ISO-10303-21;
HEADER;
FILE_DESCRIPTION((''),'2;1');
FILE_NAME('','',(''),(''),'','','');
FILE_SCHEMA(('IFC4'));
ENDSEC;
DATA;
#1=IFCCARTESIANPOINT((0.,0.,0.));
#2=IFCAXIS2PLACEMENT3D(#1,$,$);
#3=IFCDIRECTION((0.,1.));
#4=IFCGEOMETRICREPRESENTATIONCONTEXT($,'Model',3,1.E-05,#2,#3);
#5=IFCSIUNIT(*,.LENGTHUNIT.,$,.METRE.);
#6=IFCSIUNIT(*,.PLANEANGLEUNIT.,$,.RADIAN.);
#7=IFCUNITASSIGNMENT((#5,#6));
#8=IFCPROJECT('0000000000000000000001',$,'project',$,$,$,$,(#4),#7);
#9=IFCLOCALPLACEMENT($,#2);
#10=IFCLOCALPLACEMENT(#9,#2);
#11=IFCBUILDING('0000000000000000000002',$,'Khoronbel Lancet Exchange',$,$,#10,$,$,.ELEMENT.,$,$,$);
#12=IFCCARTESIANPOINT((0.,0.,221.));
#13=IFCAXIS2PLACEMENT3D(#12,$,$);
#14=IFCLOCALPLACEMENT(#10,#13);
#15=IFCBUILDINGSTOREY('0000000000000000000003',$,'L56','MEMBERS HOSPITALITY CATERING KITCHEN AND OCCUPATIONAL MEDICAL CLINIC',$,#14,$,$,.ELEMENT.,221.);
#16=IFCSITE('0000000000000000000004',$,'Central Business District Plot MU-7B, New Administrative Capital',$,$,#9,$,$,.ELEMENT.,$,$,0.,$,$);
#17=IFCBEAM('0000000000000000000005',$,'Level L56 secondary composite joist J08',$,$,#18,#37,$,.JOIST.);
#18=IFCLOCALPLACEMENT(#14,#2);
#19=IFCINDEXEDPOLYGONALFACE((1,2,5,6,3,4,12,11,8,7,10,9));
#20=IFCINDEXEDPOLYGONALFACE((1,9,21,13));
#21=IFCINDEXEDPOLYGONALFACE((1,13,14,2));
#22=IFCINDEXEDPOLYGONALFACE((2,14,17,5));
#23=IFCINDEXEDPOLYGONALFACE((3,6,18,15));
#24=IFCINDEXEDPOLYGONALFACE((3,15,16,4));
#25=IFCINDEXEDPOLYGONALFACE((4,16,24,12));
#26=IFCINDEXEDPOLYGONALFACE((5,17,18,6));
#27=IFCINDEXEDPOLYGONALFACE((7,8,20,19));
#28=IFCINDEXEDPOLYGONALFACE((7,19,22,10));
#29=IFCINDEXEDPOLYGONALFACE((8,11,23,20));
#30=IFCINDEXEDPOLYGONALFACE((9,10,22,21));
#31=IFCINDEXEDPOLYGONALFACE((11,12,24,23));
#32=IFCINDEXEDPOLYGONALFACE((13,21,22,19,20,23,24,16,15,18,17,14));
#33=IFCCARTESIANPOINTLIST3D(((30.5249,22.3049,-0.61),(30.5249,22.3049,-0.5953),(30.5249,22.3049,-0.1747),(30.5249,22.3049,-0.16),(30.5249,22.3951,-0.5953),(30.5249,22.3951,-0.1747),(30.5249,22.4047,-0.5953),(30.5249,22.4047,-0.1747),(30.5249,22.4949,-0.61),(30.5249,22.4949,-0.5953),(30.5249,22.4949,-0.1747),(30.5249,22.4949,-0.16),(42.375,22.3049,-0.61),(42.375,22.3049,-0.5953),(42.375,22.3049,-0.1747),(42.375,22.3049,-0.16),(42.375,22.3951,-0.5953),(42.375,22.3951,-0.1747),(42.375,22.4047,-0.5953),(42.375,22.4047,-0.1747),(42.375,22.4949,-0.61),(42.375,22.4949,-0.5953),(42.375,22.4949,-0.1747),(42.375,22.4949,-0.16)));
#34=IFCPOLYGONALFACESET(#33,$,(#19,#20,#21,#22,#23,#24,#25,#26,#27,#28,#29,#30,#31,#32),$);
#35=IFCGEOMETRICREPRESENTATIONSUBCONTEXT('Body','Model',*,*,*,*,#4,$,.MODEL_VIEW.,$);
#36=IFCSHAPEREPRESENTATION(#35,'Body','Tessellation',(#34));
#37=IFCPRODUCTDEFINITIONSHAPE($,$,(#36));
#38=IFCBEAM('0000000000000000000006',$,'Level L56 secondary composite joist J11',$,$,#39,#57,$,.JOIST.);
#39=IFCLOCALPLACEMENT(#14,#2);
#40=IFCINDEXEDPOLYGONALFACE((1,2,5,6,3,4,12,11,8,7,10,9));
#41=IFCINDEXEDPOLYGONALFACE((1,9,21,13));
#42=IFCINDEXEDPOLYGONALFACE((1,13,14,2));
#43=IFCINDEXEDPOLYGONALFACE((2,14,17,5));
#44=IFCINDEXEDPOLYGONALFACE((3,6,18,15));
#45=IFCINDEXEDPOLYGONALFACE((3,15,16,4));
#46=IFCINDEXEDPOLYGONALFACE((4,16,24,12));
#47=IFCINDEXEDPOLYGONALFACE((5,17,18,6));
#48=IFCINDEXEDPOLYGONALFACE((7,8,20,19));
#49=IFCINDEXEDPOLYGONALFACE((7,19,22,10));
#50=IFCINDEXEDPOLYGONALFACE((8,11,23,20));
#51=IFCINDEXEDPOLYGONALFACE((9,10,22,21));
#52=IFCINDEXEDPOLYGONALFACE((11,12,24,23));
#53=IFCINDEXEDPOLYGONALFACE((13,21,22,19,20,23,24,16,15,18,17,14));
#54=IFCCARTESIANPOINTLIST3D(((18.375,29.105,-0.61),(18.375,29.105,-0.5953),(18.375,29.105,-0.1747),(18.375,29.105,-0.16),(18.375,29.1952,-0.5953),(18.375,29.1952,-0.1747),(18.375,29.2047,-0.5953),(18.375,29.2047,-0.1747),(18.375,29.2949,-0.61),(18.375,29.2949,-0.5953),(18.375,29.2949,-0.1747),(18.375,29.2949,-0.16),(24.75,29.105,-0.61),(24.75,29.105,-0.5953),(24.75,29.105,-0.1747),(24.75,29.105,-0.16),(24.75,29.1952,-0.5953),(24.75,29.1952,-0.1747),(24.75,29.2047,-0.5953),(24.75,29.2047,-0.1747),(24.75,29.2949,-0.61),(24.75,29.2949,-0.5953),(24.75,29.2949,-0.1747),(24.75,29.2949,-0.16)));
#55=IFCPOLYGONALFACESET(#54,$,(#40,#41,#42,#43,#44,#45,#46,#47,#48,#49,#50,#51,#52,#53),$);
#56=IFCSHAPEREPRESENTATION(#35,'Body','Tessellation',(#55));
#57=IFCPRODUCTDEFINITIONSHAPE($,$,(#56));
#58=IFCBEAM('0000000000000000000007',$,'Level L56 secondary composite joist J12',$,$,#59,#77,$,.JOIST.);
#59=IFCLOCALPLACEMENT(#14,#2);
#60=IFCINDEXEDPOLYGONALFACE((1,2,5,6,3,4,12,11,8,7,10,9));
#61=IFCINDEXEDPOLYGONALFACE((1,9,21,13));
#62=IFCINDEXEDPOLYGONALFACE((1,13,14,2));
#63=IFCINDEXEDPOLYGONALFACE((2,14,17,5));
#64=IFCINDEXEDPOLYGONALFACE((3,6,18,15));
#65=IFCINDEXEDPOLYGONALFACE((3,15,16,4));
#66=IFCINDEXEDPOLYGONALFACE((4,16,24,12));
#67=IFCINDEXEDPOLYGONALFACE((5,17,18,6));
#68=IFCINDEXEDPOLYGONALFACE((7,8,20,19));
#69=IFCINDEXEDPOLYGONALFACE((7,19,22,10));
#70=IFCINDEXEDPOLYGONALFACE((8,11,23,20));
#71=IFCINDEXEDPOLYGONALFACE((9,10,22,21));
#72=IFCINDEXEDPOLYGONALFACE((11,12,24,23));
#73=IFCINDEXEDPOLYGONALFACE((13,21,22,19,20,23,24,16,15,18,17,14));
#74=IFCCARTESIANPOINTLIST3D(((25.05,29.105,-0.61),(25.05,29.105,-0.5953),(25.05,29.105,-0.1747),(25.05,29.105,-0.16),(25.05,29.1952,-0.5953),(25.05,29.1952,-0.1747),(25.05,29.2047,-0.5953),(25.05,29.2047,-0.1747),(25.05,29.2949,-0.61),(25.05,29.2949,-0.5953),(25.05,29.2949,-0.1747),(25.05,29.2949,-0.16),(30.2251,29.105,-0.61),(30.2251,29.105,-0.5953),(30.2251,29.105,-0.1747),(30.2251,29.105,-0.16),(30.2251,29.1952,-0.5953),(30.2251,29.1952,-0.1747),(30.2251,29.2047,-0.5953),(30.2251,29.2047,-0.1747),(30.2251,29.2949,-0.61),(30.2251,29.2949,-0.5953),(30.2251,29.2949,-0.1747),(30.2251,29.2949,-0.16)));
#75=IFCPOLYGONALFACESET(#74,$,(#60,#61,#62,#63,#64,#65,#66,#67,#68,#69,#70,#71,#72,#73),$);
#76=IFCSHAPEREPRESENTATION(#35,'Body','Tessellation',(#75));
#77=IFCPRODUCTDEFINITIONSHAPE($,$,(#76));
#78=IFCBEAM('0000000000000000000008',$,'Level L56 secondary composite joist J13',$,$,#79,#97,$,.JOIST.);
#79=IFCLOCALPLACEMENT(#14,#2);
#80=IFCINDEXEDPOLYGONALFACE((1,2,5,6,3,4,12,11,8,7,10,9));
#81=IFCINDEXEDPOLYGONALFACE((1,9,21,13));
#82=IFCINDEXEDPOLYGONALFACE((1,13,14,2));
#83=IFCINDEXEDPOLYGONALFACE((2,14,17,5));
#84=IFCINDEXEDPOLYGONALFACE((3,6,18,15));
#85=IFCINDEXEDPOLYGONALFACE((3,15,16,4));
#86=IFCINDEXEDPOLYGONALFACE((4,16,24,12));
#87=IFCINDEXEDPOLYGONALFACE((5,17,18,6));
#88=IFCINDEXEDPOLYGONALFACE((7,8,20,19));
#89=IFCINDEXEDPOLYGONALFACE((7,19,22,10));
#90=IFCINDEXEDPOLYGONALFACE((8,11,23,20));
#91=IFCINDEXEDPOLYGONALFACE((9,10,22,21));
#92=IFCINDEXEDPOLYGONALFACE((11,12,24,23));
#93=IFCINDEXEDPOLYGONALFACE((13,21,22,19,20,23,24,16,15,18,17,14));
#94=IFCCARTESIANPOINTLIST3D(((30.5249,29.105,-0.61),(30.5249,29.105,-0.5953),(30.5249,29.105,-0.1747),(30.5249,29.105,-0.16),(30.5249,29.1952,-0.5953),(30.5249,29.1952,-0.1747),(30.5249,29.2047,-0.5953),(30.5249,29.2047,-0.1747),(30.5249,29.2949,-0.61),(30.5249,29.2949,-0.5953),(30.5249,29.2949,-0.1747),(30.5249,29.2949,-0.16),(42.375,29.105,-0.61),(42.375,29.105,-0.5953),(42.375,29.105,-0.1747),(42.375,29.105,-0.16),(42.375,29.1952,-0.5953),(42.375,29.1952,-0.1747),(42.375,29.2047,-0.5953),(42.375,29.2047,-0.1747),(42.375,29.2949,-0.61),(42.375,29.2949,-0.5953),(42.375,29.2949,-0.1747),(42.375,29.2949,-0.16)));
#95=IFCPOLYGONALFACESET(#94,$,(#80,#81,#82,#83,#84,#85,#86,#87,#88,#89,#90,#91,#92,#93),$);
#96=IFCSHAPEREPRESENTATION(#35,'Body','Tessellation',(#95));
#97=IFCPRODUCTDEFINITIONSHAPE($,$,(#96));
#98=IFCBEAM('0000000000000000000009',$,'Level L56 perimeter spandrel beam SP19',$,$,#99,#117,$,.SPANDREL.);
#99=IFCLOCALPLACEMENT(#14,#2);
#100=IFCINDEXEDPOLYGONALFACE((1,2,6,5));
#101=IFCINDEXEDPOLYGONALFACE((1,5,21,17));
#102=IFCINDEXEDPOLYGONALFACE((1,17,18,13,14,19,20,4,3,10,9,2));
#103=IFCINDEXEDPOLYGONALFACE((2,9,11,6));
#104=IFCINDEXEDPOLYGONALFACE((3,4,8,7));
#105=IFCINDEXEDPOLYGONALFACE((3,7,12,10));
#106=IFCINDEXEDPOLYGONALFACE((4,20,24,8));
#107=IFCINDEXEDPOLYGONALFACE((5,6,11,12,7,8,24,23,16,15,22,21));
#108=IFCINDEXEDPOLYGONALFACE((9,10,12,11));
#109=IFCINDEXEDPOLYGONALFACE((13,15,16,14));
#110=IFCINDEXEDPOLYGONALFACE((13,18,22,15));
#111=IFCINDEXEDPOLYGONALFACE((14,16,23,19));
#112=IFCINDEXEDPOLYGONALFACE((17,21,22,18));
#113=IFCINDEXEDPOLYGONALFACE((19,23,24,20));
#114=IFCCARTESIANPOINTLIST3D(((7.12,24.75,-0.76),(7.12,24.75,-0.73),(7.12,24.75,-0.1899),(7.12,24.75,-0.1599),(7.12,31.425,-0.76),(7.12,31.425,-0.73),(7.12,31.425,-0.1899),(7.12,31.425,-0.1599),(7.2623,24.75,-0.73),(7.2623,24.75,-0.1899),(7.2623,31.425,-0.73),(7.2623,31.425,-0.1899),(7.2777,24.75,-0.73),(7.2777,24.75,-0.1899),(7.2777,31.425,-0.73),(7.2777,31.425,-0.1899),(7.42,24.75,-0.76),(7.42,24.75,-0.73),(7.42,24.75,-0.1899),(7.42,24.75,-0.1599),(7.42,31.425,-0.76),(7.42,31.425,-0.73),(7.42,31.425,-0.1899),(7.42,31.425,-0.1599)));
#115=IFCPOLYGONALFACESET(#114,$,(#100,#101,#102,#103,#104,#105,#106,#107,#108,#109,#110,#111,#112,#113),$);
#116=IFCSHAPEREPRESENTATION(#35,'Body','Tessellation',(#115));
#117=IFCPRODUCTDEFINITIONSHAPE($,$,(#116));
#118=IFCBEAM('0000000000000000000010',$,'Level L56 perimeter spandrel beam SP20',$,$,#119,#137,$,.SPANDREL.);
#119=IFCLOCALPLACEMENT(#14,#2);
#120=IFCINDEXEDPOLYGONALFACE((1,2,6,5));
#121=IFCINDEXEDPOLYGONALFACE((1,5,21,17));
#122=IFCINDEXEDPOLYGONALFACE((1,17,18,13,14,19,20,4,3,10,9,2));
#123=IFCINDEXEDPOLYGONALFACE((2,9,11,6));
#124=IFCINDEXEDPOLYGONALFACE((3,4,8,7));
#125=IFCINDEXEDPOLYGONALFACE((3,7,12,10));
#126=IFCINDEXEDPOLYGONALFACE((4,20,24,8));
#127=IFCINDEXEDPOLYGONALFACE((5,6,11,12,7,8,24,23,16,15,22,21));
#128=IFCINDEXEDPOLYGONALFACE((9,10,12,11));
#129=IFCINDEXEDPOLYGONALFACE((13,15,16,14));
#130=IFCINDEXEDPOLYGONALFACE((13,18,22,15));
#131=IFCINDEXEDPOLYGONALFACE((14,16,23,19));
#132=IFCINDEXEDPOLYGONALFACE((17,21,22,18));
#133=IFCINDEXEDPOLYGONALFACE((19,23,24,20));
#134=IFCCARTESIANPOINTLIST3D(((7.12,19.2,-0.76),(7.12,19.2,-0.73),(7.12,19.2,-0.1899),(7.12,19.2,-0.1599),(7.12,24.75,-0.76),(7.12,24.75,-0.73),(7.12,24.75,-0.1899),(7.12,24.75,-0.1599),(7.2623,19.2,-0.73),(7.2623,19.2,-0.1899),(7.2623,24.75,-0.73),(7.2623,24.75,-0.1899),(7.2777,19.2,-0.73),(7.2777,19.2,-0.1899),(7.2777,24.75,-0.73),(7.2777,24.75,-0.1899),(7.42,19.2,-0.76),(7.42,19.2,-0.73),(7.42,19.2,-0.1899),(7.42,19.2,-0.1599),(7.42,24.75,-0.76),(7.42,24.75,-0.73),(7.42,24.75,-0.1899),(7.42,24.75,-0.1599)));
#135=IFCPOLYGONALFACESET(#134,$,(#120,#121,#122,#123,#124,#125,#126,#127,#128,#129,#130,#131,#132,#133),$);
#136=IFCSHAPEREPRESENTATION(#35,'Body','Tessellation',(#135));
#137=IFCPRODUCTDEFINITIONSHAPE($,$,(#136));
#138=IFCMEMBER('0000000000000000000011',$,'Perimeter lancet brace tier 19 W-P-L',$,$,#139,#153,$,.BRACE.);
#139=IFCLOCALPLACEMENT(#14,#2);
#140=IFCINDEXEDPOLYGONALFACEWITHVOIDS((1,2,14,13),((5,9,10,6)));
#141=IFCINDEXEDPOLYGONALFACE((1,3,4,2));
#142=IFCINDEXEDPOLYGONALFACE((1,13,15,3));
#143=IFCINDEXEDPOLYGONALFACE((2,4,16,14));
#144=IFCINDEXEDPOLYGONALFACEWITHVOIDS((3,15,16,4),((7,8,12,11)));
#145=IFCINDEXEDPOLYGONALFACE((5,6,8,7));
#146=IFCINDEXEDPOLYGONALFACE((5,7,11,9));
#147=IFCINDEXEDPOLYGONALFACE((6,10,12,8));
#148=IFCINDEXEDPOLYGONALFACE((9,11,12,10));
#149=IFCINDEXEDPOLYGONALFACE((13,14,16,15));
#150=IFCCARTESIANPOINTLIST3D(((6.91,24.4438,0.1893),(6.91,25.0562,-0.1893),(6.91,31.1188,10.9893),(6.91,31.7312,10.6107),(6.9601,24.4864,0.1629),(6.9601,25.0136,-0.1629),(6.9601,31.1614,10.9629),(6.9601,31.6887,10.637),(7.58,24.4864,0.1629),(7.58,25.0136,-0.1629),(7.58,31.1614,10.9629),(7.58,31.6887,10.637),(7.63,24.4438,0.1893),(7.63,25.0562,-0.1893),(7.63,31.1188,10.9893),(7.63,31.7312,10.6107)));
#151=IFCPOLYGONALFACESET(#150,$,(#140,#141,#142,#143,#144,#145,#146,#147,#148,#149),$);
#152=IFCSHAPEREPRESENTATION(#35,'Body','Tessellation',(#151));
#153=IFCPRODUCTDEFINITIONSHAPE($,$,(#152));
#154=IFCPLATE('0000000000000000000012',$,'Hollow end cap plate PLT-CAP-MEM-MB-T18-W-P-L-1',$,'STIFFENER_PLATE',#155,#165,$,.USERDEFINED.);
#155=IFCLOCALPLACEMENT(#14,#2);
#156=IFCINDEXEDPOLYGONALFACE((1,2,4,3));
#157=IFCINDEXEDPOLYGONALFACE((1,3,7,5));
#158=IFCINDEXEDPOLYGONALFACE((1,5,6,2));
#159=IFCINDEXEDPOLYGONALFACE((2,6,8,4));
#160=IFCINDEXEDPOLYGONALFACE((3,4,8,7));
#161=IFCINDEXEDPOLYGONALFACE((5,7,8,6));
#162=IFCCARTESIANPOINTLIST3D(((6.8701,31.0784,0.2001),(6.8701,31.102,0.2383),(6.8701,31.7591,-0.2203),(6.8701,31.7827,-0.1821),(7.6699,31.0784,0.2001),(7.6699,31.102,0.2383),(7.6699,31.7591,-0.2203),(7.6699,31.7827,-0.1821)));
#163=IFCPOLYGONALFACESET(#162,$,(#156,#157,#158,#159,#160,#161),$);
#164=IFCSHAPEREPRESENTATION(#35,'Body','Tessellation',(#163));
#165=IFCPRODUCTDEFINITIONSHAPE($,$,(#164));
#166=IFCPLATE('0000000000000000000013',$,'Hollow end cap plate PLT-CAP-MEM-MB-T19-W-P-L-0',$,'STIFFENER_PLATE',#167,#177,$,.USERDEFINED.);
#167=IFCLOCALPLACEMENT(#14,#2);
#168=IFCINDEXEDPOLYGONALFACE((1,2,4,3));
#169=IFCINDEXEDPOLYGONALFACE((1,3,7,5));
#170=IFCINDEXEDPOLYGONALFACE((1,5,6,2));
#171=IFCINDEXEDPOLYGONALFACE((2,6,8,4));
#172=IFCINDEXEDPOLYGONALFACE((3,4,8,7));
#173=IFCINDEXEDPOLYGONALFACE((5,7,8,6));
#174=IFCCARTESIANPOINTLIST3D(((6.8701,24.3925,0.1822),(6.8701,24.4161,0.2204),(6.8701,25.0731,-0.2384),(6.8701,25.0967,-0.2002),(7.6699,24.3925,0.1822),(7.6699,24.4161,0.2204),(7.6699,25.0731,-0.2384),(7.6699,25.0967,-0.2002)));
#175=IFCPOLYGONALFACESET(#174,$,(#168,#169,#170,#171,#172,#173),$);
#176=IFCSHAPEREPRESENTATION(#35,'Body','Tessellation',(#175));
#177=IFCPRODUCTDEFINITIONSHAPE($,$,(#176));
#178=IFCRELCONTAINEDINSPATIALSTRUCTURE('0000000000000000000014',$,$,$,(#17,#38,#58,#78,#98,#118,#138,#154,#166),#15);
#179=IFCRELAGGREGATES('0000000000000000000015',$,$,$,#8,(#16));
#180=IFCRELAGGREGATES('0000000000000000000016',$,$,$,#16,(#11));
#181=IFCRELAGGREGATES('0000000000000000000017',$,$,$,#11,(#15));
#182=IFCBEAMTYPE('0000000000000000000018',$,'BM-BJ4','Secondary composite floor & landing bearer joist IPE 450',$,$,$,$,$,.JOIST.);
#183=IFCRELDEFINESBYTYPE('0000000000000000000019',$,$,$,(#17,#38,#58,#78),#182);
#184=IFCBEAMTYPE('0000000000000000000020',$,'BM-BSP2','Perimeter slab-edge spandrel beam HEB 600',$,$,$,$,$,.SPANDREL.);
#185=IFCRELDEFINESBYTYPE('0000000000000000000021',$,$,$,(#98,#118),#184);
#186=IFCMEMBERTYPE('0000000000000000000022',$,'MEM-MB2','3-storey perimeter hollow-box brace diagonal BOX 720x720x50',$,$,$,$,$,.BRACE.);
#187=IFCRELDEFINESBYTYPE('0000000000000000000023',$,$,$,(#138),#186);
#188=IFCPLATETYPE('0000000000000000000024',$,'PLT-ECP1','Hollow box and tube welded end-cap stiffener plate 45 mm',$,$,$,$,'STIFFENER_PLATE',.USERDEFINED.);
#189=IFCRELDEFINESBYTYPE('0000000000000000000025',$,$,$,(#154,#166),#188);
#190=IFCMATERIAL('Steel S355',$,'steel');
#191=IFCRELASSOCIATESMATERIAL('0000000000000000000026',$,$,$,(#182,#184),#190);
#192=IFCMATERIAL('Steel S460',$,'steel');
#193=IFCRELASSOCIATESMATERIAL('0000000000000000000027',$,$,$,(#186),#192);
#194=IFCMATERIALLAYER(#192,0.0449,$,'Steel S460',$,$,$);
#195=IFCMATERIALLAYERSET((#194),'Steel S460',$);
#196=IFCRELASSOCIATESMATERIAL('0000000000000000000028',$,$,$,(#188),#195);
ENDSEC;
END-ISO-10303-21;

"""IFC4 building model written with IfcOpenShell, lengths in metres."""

from ifc_helpers import new_model, si_unit, direction, frame, origin, origin_2d, place, context, subcontext, project, spatial, polyline, hollow_rectangle, i_section, outline, extrude, material, layer, layer_set, material_profile, profile_set, type_object, element, save


model = new_model("IFC4")

# Units and contexts
model_context = context("Model", 3, precision=1e-05, world=origin(), true_north=direction((0.0, 1.0)))
body_context = subcontext(model_context, "Body", "Model", "MODEL_VIEW")
ifc_project = project(units=[si_unit("LENGTHUNIT", "METRE"), si_unit("PLANEANGLEUNIT", "RADIAN")], contexts=[model_context])

# Site, building, storey
site_placement = place(None, origin())
site = spatial("IfcSite", under=ifc_project, at=site_placement, Name="Central Business District Plot MU-7B, New Administrative Capital", CompositionType="ELEMENT", RefElevation=0.0)
building_placement = place(site_placement, origin())
building = spatial("IfcBuilding", under=site, at=building_placement, Name="Khoronbel Lancet Exchange", CompositionType="ELEMENT")
storey_placement = place(building_placement, frame((0.0, 0.0, 221.0)))
storey = spatial("IfcBuildingStorey", under=building, at=storey_placement, Name="L56", Description="MEMBERS HOSPITALITY CATERING KITCHEN AND OCCUPATIONAL MEDICAL CLINIC", CompositionType="ELEMENT", Elevation=221.0)

# Shared definitions
ifc_material_1 = material(Name="Steel S355", Category="steel")

# Beams
ifc_material_profile_1 = material_profile(ifc_material_1, i_section(OverallWidth=0.1899, OverallDepth=0.45, WebThickness=0.0095, FlangeThickness=0.0146, at=origin_2d()), Name="IPE 450")
ifc_profile_set_1 = profile_set([ifc_material_profile_1], Name="Steel S355")
beam_type_1 = type_object("IfcBeamType", Name="BM-BJ4", Description="Secondary composite floor & landing bearer joist IPE 450", PredefinedType="JOIST", material=ifc_profile_set_1)
beam_1_placement = place(storey_placement, frame((30.5249, 22.3999, -0.385), z_axis=(1.0, 0.0, 0.0), x_axis=(0.0, 1.0, 0.0)))
element("IfcBeam", 1, at=beam_1_placement, inside=storey, type_object=beam_type_1, Name="Level L56 secondary composite joist J08", PredefinedType="JOIST", context=body_context, shape_type="SweptSolid", body=[
    extrude(i_section(OverallWidth=0.1899, OverallDepth=0.45, WebThickness=0.0095, FlangeThickness=0.0146, at=origin_2d()), origin(), (0.0, 0.0, 1.0), 11.8501),
])
beam_2_placement = place(storey_placement, frame((18.375, 29.2, -0.385), z_axis=(1.0, 0.0, 0.0), x_axis=(0.0, 1.0, 0.0)))
element("IfcBeam", 2, at=beam_2_placement, inside=storey, type_object=beam_type_1, Name="Level L56 secondary composite joist J11", PredefinedType="JOIST", context=body_context, shape_type="SweptSolid", body=[
    extrude(i_section(OverallWidth=0.1899, OverallDepth=0.45, WebThickness=0.0095, FlangeThickness=0.0146, at=origin_2d()), origin(), (0.0, 0.0, 1.0), 6.375),
])
beam_3_placement = place(storey_placement, frame((25.05, 29.2, -0.385), z_axis=(1.0, 0.0, 0.0), x_axis=(0.0, 1.0, 0.0)))
element("IfcBeam", 3, at=beam_3_placement, inside=storey, type_object=beam_type_1, Name="Level L56 secondary composite joist J12", PredefinedType="JOIST", context=body_context, shape_type="SweptSolid", body=[
    extrude(i_section(OverallWidth=0.1899, OverallDepth=0.45, WebThickness=0.0095, FlangeThickness=0.0146, at=origin_2d()), origin(), (0.0, 0.0, 1.0), 5.175),
])
beam_4_placement = place(storey_placement, frame((30.5249, 29.2, -0.385), z_axis=(1.0, 0.0, 0.0), x_axis=(0.0, 1.0, 0.0)))
element("IfcBeam", 4, at=beam_4_placement, inside=storey, type_object=beam_type_1, Name="Level L56 secondary composite joist J13", PredefinedType="JOIST", context=body_context, shape_type="SweptSolid", body=[
    extrude(i_section(OverallWidth=0.1899, OverallDepth=0.45, WebThickness=0.0095, FlangeThickness=0.0146, at=origin_2d()), origin(), (0.0, 0.0, 1.0), 11.8501),
])
ifc_material_profile_2 = material_profile(ifc_material_1, i_section(OverallWidth=0.3, OverallDepth=0.6001, WebThickness=0.0154, FlangeThickness=0.03, at=origin_2d()), Name="HEB 600")
ifc_profile_set_2 = profile_set([ifc_material_profile_2], Name="Steel S355")
beam_type_2 = type_object("IfcBeamType", Name="BM-BSP2", Description="Perimeter slab-edge spandrel beam HEB 600", PredefinedType="SPANDREL", material=ifc_profile_set_2)
beam_5_placement = place(storey_placement, frame((7.27, 31.425, -0.46), z_axis=(0.0, -1.0, 0.0), x_axis=(1.0, 0.0, 0.0)))
element("IfcBeam", 5, at=beam_5_placement, inside=storey, type_object=beam_type_2, Name="Level L56 perimeter spandrel beam SP19", PredefinedType="SPANDREL", context=body_context, shape_type="SweptSolid", body=[
    extrude(i_section(OverallWidth=0.3, OverallDepth=0.6001, WebThickness=0.0154, FlangeThickness=0.03, at=origin_2d()), origin(), (0.0, 0.0, 1.0), 6.675),
])
beam_6_placement = place(storey_placement, frame((7.27, 24.75, -0.46), z_axis=(0.0, -1.0, 0.0), x_axis=(1.0, 0.0, 0.0)))
element("IfcBeam", 6, at=beam_6_placement, inside=storey, type_object=beam_type_2, Name="Level L56 perimeter spandrel beam SP20", PredefinedType="SPANDREL", context=body_context, shape_type="SweptSolid", body=[
    extrude(i_section(OverallWidth=0.3, OverallDepth=0.6001, WebThickness=0.0154, FlangeThickness=0.03, at=origin_2d()), origin(), (0.0, 0.0, 1.0), 5.55),
])

# Member
ifc_material_2 = material(Name="Steel S460", Category="steel")
ifc_material_profile_3 = material_profile(ifc_material_2, hollow_rectangle(XDim=0.72, YDim=0.72, WallThickness=0.05, at=origin_2d()), Name="BOX 720x720x50")
ifc_profile_set_3 = profile_set([ifc_material_profile_3], Name="Steel S460")
member_type = type_object("IfcMemberType", Name="MEM-MB2", Description="3-storey perimeter hollow-box brace diagonal BOX 720x720x50", PredefinedType="BRACE", material=ifc_profile_set_3)
member_placement = place(storey_placement, frame((7.27, 24.75, 0.0), z_axis=(0.0, 0.525745, 0.850642), x_axis=(-1.0, 0.0, 0.0)))
element("IfcMember", 7, at=member_placement, inside=storey, type_object=member_type, Name="Perimeter lancet brace tier 19 W-P-L", PredefinedType="BRACE", context=body_context, shape_type="SweptSolid", body=[
    extrude(hollow_rectangle(XDim=0.72, YDim=0.72, WallThickness=0.05, at=origin_2d()), origin(), (0.0, 0.0, 1.0), 12.6963),
])

# Plates
ifc_layer_1 = layer(ifc_material_2, 0.0449, Name="Steel S460")
ifc_layer_set_1 = layer_set([ifc_layer_1], Name="Steel S460")
plate_type = type_object("IfcPlateType", Name="PLT-ECP1", Description="Hollow box and tube welded end-cap stiffener plate 45 mm", ElementType="STIFFENER_PLATE", PredefinedType="USERDEFINED", material=ifc_layer_set_1)
for number, where, z_axis, x_axis, name in (
    (8, (7.6699, 31.7827, -0.1821), (0.0, 0.525493, 0.850798), (-1.0, 0.0, 0.0), "Hollow end cap plate PLT-CAP-MEM-MB-T18-W-P-L-1"),
    (9, (7.6699, 25.0967, -0.2002), (0.0, 0.525714, 0.850662), (-1.0, 0.0, 0.0), "Hollow end cap plate PLT-CAP-MEM-MB-T19-W-P-L-0"),
):
    element("IfcPlate", number, at=place(storey_placement, frame(where, z_axis=z_axis, x_axis=x_axis)), inside=storey, type_object=plate_type, Name=name, ObjectType="STIFFENER_PLATE", PredefinedType="USERDEFINED", context=body_context, shape_type="SweptSolid", body=[
        extrude(outline(polyline([(0.0, 0.0), (0.7998, 0.0), (0.7998, 0.8), (0.0, 0.8), (0.0, 0.0)])), origin(), (0.0, 0.0, -1.0), 0.0449),
    ])

save(model, "model.ifc")
